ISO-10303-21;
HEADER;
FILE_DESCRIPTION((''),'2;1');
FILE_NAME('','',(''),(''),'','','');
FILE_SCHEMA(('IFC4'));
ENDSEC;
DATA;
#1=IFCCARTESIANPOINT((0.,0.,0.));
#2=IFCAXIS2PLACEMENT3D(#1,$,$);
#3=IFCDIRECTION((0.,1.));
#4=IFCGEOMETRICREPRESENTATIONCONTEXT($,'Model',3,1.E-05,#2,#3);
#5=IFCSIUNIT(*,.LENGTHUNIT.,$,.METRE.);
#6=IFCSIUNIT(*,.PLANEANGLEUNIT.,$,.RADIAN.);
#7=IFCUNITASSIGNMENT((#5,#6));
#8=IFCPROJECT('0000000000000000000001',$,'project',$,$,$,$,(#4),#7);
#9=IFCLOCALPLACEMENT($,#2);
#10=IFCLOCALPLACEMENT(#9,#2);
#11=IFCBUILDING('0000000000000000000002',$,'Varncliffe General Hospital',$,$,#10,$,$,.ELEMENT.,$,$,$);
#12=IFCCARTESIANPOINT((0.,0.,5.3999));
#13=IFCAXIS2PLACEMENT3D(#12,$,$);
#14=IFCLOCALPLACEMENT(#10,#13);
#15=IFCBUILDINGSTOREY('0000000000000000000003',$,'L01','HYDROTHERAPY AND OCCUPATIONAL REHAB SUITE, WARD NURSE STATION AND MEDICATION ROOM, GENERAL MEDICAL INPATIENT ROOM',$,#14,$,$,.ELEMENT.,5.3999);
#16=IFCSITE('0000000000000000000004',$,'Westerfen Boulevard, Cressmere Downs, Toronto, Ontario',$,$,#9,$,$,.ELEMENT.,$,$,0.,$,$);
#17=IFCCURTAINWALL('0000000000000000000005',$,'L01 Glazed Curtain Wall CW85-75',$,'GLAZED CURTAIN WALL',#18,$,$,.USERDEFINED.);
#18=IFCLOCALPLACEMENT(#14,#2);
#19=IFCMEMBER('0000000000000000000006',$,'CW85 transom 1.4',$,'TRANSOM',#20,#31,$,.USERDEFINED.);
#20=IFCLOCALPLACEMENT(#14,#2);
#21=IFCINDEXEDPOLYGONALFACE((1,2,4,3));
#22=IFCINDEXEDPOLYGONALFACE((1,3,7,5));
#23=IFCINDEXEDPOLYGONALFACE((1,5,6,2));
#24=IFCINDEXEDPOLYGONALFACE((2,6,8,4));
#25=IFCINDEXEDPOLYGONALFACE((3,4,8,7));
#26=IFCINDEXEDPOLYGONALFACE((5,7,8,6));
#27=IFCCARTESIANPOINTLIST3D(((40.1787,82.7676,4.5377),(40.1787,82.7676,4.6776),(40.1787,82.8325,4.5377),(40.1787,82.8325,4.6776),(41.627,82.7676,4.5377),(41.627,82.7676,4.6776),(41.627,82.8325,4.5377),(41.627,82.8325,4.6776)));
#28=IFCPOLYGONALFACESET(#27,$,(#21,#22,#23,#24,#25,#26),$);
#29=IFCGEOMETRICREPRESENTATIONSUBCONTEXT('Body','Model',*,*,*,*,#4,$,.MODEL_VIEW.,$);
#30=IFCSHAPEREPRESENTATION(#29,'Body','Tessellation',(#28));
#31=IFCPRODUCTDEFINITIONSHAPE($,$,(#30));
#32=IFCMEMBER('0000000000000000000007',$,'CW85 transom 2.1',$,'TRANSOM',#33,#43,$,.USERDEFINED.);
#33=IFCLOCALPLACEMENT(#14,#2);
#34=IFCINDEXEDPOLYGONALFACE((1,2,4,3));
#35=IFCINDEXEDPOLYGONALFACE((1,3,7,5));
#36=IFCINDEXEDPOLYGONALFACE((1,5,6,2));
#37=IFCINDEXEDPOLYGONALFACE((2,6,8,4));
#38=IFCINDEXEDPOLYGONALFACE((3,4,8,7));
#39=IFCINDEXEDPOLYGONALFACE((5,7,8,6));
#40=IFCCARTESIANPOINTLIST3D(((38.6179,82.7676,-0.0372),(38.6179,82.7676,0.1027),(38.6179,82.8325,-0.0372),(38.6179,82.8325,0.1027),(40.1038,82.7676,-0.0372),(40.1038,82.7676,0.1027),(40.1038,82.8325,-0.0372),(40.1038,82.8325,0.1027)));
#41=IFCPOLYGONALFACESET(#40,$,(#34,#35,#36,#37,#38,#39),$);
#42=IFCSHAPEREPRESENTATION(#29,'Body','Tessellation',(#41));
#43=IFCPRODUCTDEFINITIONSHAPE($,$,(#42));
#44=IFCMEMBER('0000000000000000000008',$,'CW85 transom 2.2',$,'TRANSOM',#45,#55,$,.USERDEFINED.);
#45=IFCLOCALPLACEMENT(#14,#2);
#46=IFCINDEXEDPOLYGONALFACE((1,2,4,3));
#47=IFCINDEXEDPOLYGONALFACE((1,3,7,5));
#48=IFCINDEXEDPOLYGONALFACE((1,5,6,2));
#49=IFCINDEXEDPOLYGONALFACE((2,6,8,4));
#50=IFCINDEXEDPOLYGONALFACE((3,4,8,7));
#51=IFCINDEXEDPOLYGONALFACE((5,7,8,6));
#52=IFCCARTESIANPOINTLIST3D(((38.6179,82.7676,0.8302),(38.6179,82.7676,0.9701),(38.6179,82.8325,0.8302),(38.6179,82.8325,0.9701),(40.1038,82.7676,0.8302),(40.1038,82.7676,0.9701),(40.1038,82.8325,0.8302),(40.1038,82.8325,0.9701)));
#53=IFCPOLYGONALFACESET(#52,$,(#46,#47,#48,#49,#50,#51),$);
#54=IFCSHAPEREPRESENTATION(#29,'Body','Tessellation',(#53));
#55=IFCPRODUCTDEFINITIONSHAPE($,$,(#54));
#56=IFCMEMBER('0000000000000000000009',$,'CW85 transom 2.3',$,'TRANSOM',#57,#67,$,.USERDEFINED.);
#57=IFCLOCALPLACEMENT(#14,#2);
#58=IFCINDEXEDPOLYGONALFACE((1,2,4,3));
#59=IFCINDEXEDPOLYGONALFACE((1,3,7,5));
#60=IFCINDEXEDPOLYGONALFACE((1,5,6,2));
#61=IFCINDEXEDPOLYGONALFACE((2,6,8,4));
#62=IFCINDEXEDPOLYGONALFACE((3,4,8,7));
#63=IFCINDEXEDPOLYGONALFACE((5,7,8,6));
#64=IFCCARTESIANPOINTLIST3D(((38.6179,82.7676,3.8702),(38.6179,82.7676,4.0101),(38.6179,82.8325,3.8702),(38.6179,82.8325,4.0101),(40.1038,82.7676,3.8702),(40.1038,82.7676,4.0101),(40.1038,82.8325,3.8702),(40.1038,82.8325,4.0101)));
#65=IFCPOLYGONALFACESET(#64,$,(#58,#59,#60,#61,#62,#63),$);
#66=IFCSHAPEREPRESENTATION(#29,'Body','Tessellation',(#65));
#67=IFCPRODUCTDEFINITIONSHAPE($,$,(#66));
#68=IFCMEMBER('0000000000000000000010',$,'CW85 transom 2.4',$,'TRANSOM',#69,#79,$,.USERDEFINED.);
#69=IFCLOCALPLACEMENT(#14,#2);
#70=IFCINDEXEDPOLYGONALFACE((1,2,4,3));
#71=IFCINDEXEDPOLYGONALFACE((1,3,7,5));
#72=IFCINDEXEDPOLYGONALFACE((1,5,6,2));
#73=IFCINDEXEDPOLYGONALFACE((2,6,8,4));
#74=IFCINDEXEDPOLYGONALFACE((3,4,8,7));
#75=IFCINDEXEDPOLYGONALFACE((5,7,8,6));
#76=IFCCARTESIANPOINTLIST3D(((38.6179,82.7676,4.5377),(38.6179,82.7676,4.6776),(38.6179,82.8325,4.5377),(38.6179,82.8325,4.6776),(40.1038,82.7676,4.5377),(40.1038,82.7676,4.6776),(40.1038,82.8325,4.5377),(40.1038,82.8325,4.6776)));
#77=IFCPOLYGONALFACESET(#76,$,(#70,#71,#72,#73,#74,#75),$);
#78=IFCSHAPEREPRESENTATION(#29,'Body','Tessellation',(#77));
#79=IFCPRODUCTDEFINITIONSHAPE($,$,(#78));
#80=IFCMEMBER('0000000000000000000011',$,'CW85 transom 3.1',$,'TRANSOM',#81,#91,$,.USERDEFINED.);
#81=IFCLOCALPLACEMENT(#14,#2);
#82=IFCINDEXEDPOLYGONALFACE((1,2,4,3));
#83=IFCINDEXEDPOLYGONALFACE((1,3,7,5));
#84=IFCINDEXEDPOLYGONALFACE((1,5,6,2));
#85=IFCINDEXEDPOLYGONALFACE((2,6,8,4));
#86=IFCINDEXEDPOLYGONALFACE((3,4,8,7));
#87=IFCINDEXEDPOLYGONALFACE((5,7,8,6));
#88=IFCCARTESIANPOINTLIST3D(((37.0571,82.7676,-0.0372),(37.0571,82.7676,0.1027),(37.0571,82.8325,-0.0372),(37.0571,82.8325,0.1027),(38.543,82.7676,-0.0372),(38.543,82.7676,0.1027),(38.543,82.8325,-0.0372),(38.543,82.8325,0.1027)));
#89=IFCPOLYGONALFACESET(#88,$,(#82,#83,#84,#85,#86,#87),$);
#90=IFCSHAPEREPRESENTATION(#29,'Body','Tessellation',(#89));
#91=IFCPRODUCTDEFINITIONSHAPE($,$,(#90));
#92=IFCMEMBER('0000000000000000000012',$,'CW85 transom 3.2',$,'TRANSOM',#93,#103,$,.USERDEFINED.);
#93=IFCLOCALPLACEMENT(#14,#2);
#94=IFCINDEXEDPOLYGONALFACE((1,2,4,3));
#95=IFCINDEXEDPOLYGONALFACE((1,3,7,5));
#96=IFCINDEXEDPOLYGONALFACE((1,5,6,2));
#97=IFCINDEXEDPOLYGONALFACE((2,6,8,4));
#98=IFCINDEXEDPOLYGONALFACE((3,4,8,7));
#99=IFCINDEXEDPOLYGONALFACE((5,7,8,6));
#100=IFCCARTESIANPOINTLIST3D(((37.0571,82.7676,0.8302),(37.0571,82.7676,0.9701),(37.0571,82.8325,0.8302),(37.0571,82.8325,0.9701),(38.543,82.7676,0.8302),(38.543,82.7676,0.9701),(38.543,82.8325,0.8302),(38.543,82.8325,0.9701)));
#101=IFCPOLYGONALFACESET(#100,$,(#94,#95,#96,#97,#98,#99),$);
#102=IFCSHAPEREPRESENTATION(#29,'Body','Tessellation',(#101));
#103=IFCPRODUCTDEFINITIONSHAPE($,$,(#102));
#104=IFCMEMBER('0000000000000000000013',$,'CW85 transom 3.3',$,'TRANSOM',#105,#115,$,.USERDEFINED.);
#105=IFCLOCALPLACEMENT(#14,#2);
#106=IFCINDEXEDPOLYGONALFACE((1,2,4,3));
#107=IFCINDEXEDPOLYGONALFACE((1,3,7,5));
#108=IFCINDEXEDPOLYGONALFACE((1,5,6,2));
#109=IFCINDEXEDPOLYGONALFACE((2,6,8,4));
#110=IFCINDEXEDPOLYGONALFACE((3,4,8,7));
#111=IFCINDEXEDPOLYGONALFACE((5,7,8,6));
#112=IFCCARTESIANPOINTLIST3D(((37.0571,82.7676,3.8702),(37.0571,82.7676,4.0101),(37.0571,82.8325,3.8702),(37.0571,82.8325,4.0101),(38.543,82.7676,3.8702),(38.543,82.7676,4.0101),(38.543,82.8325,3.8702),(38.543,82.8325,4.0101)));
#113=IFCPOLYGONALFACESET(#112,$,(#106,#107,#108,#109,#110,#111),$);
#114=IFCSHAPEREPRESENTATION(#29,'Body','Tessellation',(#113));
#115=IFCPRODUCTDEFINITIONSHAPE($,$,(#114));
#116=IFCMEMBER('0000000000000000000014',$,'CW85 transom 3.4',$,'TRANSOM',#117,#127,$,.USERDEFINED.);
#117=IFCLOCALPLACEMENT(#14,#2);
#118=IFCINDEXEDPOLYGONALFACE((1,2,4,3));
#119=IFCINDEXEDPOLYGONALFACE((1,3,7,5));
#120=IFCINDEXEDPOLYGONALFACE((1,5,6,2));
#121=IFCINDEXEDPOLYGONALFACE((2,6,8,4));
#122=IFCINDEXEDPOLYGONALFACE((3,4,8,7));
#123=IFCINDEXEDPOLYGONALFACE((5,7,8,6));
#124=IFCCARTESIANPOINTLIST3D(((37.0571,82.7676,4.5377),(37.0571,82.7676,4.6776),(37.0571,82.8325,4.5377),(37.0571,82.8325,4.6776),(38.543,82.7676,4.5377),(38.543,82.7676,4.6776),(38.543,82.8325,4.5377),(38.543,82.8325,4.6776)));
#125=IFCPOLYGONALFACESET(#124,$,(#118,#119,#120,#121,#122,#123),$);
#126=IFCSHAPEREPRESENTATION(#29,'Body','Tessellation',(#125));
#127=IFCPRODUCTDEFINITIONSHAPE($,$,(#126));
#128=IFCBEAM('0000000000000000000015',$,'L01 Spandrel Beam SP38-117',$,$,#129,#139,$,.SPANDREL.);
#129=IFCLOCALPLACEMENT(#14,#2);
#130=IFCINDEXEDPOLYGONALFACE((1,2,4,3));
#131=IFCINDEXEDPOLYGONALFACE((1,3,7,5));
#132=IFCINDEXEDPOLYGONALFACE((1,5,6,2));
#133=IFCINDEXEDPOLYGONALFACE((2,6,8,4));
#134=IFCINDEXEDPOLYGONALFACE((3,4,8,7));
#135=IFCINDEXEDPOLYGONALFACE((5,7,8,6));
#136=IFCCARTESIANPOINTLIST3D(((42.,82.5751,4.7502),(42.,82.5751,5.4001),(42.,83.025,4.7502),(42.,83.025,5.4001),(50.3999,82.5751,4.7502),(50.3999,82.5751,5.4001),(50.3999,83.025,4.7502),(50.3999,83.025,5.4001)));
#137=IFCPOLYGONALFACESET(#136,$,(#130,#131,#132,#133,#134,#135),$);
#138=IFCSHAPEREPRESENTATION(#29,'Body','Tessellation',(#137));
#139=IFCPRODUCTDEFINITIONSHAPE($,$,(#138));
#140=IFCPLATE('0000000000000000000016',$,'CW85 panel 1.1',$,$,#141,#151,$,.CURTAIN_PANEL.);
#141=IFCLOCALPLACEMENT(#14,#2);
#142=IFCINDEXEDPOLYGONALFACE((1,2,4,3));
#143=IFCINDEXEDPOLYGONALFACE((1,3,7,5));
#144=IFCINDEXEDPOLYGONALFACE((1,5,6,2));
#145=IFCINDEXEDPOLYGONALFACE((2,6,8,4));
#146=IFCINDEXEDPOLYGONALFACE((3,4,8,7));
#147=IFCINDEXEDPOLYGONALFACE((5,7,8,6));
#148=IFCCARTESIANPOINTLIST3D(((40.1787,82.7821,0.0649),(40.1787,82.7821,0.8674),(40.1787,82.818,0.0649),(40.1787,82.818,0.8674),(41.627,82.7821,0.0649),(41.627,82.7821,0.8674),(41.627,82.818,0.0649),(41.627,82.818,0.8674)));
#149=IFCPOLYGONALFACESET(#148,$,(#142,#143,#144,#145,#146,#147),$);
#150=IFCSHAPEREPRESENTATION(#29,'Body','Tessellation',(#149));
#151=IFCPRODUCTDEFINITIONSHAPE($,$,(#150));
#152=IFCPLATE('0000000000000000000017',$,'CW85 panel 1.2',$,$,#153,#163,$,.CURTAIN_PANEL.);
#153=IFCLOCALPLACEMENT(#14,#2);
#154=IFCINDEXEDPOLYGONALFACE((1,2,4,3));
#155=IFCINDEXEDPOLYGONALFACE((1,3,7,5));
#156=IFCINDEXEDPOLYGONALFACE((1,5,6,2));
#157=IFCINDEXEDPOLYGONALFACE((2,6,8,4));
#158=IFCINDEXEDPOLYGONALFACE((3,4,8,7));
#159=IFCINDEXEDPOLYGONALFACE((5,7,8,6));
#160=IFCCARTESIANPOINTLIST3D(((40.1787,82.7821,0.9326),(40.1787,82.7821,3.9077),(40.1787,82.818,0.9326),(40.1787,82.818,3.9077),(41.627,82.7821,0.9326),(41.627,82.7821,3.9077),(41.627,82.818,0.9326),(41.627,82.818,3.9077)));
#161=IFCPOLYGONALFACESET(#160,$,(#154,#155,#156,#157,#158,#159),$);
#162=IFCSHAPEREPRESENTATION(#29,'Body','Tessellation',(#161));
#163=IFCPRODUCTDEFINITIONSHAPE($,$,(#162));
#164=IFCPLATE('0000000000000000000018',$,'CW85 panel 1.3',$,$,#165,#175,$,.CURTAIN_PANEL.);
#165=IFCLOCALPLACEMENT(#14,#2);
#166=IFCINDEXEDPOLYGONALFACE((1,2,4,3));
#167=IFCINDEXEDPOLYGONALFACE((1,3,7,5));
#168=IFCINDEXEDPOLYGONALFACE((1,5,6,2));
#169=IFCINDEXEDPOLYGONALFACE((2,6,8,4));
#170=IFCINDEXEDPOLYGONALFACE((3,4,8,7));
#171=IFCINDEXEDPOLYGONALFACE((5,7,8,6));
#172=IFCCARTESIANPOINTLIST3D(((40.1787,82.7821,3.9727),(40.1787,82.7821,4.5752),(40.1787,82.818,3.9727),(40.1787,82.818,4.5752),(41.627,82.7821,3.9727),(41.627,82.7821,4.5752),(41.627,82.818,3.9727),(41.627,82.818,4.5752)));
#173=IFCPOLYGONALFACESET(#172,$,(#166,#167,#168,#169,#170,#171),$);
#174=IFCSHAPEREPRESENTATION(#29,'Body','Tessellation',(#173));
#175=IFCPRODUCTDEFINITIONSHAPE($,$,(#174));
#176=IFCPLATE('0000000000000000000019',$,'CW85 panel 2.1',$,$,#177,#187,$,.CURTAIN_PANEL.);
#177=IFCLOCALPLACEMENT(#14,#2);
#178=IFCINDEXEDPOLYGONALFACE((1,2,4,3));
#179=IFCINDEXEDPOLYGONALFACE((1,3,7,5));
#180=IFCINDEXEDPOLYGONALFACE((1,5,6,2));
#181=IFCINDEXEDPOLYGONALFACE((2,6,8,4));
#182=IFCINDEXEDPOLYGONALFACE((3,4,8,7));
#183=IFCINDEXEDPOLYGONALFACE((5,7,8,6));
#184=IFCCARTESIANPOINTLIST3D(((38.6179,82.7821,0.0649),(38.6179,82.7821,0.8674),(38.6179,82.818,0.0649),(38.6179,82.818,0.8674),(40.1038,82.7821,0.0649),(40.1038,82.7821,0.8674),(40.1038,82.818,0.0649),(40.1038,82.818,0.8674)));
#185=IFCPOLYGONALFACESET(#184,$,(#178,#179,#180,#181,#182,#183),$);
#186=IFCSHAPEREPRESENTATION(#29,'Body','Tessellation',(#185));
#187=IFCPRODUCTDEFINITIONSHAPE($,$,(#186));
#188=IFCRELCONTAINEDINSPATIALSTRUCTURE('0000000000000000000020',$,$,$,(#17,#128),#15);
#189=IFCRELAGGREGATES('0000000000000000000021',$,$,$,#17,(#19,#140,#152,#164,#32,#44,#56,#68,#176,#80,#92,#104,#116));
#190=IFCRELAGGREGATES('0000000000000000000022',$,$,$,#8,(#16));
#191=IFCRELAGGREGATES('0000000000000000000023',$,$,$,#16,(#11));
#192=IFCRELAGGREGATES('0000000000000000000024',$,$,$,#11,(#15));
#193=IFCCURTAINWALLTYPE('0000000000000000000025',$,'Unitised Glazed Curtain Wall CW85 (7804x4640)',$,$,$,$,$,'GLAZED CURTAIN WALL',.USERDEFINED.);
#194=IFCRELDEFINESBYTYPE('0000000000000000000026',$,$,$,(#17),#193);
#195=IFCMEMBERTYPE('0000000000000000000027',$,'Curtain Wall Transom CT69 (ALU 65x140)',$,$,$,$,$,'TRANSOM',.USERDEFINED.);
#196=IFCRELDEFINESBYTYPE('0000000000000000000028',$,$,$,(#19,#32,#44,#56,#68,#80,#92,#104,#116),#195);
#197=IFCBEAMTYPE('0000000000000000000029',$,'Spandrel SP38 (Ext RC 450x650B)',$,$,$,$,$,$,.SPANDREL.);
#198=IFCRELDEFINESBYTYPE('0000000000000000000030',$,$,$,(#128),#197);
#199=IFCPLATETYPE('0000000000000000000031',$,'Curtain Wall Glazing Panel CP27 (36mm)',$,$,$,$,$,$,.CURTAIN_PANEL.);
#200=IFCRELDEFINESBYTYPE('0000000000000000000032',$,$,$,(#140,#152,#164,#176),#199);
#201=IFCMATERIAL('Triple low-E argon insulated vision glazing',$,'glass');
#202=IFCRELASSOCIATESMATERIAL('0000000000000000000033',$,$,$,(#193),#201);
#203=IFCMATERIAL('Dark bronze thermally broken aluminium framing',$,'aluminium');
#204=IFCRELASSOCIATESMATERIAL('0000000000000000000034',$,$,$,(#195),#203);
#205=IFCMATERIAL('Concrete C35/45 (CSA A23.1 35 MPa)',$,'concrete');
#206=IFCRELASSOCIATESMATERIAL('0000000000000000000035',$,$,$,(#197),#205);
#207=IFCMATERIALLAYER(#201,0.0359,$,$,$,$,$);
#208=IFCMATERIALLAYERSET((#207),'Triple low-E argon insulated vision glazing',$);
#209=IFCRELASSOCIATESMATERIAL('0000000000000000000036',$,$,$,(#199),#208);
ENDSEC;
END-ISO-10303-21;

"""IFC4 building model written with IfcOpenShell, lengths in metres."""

from ifc_helpers import new_model, si_unit, direction, frame, origin, origin_2d, place, context, subcontext, project, spatial, rectangle, extrude, material, layer, layer_set, material_profile, profile_set, type_object, element, aggregate, save


model = new_model("IFC4")

# Units and contexts
model_context = context("Model", 3, precision=1e-05, world=origin(), true_north=direction((0.0, 1.0)))
body_context = subcontext(model_context, "Body", "Model", "MODEL_VIEW")
ifc_project = project(units=[si_unit("LENGTHUNIT", "METRE"), si_unit("PLANEANGLEUNIT", "RADIAN")], contexts=[model_context])

# Site, building, storey
site_placement = place(None, origin())
site = spatial("IfcSite", under=ifc_project, at=site_placement, Name="Westerfen Boulevard, Cressmere Downs, Toronto, Ontario", CompositionType="ELEMENT", RefElevation=0.0)
building_placement = place(site_placement, origin())
building = spatial("IfcBuilding", under=site, at=building_placement, Name="Varncliffe General Hospital", CompositionType="ELEMENT")
storey_placement = place(building_placement, frame((0.0, 0.0, 5.3999)))
storey = spatial("IfcBuildingStorey", under=building, at=storey_placement, Name="L01", Description="HYDROTHERAPY AND OCCUPATIONAL REHAB SUITE, WARD NURSE STATION AND MEDICATION ROOM, GENERAL MEDICAL INPATIENT ROOM", CompositionType="ELEMENT", Elevation=5.3999)

# Shared definitions
ifc_material_1 = material(Name="Concrete C35/45 (CSA A23.1 35 MPa)", Category="concrete")

# Curtain wall
ifc_material_2 = material(Name="Triple low-E argon insulated vision glazing", Category="glass")
ifc_material_3 = material(Name="Dark bronze thermally broken aluminium framing", Category="aluminium")
curtain_wall_type_1 = type_object("IfcCurtainWallType", Name="Unitised Glazed Curtain Wall CW85 (7804x4640)", ElementType="GLAZED CURTAIN WALL", PredefinedType="USERDEFINED", material=ifc_material_2)
curtain_wall_1_placement = place(storey_placement, origin())
curtain_wall_1 = element("IfcCurtainWall", 1, at=curtain_wall_1_placement, inside=storey, type_object=curtain_wall_type_1, Name="L01 Glazed Curtain Wall CW85-75", ObjectType="GLAZED CURTAIN WALL", PredefinedType="USERDEFINED")

# Members
ifc_material_profile_1 = material_profile(ifc_material_3, rectangle(XDim=0.0649, YDim=0.1399, at=origin_2d()), Name="ALU 65x140")
ifc_profile_set_1 = profile_set([ifc_material_profile_1], Name="Dark bronze thermally broken aluminium framing")
member_type_1 = type_object("IfcMemberType", Name="Curtain Wall Transom CT69 (ALU 65x140)", ElementType="TRANSOM", PredefinedType="USERDEFINED", material=ifc_profile_set_1)
member_1_placement = place(storey_placement, frame((41.627, 82.8, 4.6077), z_axis=(-1.0, 0.0, 0.0), x_axis=(0.0, -1.0, 0.0)))
member_1 = element("IfcMember", 2, at=member_1_placement, type_object=member_type_1, Name="CW85 transom 1.4", ObjectType="TRANSOM", PredefinedType="USERDEFINED", context=body_context, shape_type="SweptSolid", body=[
    extrude(rectangle(XDim=0.0649, YDim=0.1399, at=origin_2d()), origin(), (0.0, 0.0, 1.0), 1.4482),
])
member_2_placement = place(storey_placement, frame((40.1038, 82.8, 0.0327), z_axis=(-1.0, 0.0, 0.0), x_axis=(0.0, -1.0, 0.0)))
member_2 = element("IfcMember", 3, at=member_2_placement, type_object=member_type_1, Name="CW85 transom 2.1", ObjectType="TRANSOM", PredefinedType="USERDEFINED", context=body_context, shape_type="SweptSolid", body=[
    extrude(rectangle(XDim=0.0649, YDim=0.1399, at=origin_2d()), origin(), (0.0, 0.0, 1.0), 1.4858),
])
member_3_placement = place(storey_placement, frame((40.1038, 82.8, 0.9001), z_axis=(-1.0, 0.0, 0.0), x_axis=(0.0, -1.0, 0.0)))
member_3 = element("IfcMember", 4, at=member_3_placement, type_object=member_type_1, Name="CW85 transom 2.2", ObjectType="TRANSOM", PredefinedType="USERDEFINED", context=body_context, shape_type="SweptSolid", body=[
    extrude(rectangle(XDim=0.0649, YDim=0.1399, at=origin_2d()), origin(), (0.0, 0.0, 1.0), 1.4858),
])
member_4_placement = place(storey_placement, frame((40.1038, 82.8, 3.9402), z_axis=(-1.0, 0.0, 0.0), x_axis=(0.0, -1.0, 0.0)))
member_4 = element("IfcMember", 5, at=member_4_placement, type_object=member_type_1, Name="CW85 transom 2.3", ObjectType="TRANSOM", PredefinedType="USERDEFINED", context=body_context, shape_type="SweptSolid", body=[
    extrude(rectangle(XDim=0.0649, YDim=0.1399, at=origin_2d()), origin(), (0.0, 0.0, 1.0), 1.4858),
])
member_5_placement = place(storey_placement, frame((40.1038, 82.8, 4.6077), z_axis=(-1.0, 0.0, 0.0), x_axis=(0.0, -1.0, 0.0)))
member_5 = element("IfcMember", 6, at=member_5_placement, type_object=member_type_1, Name="CW85 transom 2.4", ObjectType="TRANSOM", PredefinedType="USERDEFINED", context=body_context, shape_type="SweptSolid", body=[
    extrude(rectangle(XDim=0.0649, YDim=0.1399, at=origin_2d()), origin(), (0.0, 0.0, 1.0), 1.4858),
])
member_6_placement = place(storey_placement, frame((38.543, 82.8, 0.0327), z_axis=(-1.0, 0.0, 0.0), x_axis=(0.0, -1.0, 0.0)))
member_6 = element("IfcMember", 7, at=member_6_placement, type_object=member_type_1, Name="CW85 transom 3.1", ObjectType="TRANSOM", PredefinedType="USERDEFINED", context=body_context, shape_type="SweptSolid", body=[
    extrude(rectangle(XDim=0.0649, YDim=0.1399, at=origin_2d()), origin(), (0.0, 0.0, 1.0), 1.4858),
])
member_7_placement = place(storey_placement, frame((38.543, 82.8, 0.9001), z_axis=(-1.0, 0.0, 0.0), x_axis=(0.0, -1.0, 0.0)))
member_7 = element("IfcMember", 8, at=member_7_placement, type_object=member_type_1, Name="CW85 transom 3.2", ObjectType="TRANSOM", PredefinedType="USERDEFINED", context=body_context, shape_type="SweptSolid", body=[
    extrude(rectangle(XDim=0.0649, YDim=0.1399, at=origin_2d()), origin(), (0.0, 0.0, 1.0), 1.4858),
])
member_8_placement = place(storey_placement, frame((38.543, 82.8, 3.9402), z_axis=(-1.0, 0.0, 0.0), x_axis=(0.0, -1.0, 0.0)))
member_8 = element("IfcMember", 9, at=member_8_placement, type_object=member_type_1, Name="CW85 transom 3.3", ObjectType="TRANSOM", PredefinedType="USERDEFINED", context=body_context, shape_type="SweptSolid", body=[
    extrude(rectangle(XDim=0.0649, YDim=0.1399, at=origin_2d()), origin(), (0.0, 0.0, 1.0), 1.4858),
])
member_9_placement = place(storey_placement, frame((38.543, 82.8, 4.6077), z_axis=(-1.0, 0.0, 0.0), x_axis=(0.0, -1.0, 0.0)))
member_9 = element("IfcMember", 10, at=member_9_placement, type_object=member_type_1, Name="CW85 transom 3.4", ObjectType="TRANSOM", PredefinedType="USERDEFINED", context=body_context, shape_type="SweptSolid", body=[
    extrude(rectangle(XDim=0.0649, YDim=0.1399, at=origin_2d()), origin(), (0.0, 0.0, 1.0), 1.4858),
])

# Beam
ifc_material_profile_2 = material_profile(ifc_material_1, rectangle(XDim=0.45, YDim=0.6499, at=origin_2d()), Name="RC 450x650")
ifc_profile_set_2 = profile_set([ifc_material_profile_2], Name="Concrete C35/45 (CSA A23.1 35 MPa)")
beam_type_1 = type_object("IfcBeamType", Name="Spandrel SP38 (Ext RC 450x650B)", PredefinedType="SPANDREL", material=ifc_profile_set_2)
beam_1_placement = place(storey_placement, frame((42.0, 82.8, 5.0752), z_axis=(1.0, 0.0, 0.0), x_axis=(0.0, 1.0, 0.0)))
element("IfcBeam", 11, at=beam_1_placement, inside=storey, type_object=beam_type_1, Name="L01 Spandrel Beam SP38-117", PredefinedType="SPANDREL", context=body_context, shape_type="SweptSolid", body=[
    extrude(rectangle(XDim=0.45, YDim=0.6499, at=origin_2d()), origin(), (0.0, 0.0, 1.0), 8.3999),
])

# Plates
ifc_layer_1 = layer(ifc_material_2, 0.0359)
ifc_layer_set_1 = layer_set([ifc_layer_1], Name="Triple low-E argon insulated vision glazing")
plate_type_1 = type_object("IfcPlateType", Name="Curtain Wall Glazing Panel CP27 (36mm)", PredefinedType="CURTAIN_PANEL", material=ifc_layer_set_1)
plate_1_placement = place(storey_placement, frame((40.9028, 82.8, 0.0649), z_axis=(0.0, 0.0, 1.0), x_axis=(-1.0, 0.0, 0.0)))
plate_1 = element("IfcPlate", 12, at=plate_1_placement, type_object=plate_type_1, Name="CW85 panel 1.1", PredefinedType="CURTAIN_PANEL", context=body_context, shape_type="SweptSolid", body=[
    extrude(rectangle(XDim=1.4482, YDim=0.0359, at=origin_2d()), origin(), (0.0, 0.0, 1.0), 0.8025),
])
plate_2_placement = place(storey_placement, frame((40.9028, 82.8, 0.9326), z_axis=(0.0, 0.0, 1.0), x_axis=(-1.0, 0.0, 0.0)))
plate_2 = element("IfcPlate", 13, at=plate_2_placement, type_object=plate_type_1, Name="CW85 panel 1.2", PredefinedType="CURTAIN_PANEL", context=body_context, shape_type="SweptSolid", body=[
    extrude(rectangle(XDim=1.4482, YDim=0.0359, at=origin_2d()), origin(), (0.0, 0.0, 1.0), 2.9751),
])
plate_3_placement = place(storey_placement, frame((40.9028, 82.8, 3.9727), z_axis=(0.0, 0.0, 1.0), x_axis=(-1.0, 0.0, 0.0)))
plate_3 = element("IfcPlate", 14, at=plate_3_placement, type_object=plate_type_1, Name="CW85 panel 1.3", PredefinedType="CURTAIN_PANEL", context=body_context, shape_type="SweptSolid", body=[
    extrude(rectangle(XDim=1.4482, YDim=0.0359, at=origin_2d()), origin(), (0.0, 0.0, 1.0), 0.6025),
])
plate_4_placement = place(storey_placement, frame((39.3608, 82.8, 0.0649), z_axis=(0.0, 0.0, 1.0), x_axis=(-1.0, 0.0, 0.0)))
plate_4 = element("IfcPlate", 15, at=plate_4_placement, type_object=plate_type_1, Name="CW85 panel 2.1", PredefinedType="CURTAIN_PANEL", context=body_context, shape_type="SweptSolid", body=[
    extrude(rectangle(XDim=1.4858, YDim=0.0359, at=origin_2d()), origin(), (0.0, 0.0, 1.0), 0.8025),
])
aggregate(curtain_wall_1, [member_1, plate_1, plate_2, plate_3, member_2, member_3, member_4, member_5, plate_4, member_6, member_7, member_8, member_9])

save(model, "model.ifc")
